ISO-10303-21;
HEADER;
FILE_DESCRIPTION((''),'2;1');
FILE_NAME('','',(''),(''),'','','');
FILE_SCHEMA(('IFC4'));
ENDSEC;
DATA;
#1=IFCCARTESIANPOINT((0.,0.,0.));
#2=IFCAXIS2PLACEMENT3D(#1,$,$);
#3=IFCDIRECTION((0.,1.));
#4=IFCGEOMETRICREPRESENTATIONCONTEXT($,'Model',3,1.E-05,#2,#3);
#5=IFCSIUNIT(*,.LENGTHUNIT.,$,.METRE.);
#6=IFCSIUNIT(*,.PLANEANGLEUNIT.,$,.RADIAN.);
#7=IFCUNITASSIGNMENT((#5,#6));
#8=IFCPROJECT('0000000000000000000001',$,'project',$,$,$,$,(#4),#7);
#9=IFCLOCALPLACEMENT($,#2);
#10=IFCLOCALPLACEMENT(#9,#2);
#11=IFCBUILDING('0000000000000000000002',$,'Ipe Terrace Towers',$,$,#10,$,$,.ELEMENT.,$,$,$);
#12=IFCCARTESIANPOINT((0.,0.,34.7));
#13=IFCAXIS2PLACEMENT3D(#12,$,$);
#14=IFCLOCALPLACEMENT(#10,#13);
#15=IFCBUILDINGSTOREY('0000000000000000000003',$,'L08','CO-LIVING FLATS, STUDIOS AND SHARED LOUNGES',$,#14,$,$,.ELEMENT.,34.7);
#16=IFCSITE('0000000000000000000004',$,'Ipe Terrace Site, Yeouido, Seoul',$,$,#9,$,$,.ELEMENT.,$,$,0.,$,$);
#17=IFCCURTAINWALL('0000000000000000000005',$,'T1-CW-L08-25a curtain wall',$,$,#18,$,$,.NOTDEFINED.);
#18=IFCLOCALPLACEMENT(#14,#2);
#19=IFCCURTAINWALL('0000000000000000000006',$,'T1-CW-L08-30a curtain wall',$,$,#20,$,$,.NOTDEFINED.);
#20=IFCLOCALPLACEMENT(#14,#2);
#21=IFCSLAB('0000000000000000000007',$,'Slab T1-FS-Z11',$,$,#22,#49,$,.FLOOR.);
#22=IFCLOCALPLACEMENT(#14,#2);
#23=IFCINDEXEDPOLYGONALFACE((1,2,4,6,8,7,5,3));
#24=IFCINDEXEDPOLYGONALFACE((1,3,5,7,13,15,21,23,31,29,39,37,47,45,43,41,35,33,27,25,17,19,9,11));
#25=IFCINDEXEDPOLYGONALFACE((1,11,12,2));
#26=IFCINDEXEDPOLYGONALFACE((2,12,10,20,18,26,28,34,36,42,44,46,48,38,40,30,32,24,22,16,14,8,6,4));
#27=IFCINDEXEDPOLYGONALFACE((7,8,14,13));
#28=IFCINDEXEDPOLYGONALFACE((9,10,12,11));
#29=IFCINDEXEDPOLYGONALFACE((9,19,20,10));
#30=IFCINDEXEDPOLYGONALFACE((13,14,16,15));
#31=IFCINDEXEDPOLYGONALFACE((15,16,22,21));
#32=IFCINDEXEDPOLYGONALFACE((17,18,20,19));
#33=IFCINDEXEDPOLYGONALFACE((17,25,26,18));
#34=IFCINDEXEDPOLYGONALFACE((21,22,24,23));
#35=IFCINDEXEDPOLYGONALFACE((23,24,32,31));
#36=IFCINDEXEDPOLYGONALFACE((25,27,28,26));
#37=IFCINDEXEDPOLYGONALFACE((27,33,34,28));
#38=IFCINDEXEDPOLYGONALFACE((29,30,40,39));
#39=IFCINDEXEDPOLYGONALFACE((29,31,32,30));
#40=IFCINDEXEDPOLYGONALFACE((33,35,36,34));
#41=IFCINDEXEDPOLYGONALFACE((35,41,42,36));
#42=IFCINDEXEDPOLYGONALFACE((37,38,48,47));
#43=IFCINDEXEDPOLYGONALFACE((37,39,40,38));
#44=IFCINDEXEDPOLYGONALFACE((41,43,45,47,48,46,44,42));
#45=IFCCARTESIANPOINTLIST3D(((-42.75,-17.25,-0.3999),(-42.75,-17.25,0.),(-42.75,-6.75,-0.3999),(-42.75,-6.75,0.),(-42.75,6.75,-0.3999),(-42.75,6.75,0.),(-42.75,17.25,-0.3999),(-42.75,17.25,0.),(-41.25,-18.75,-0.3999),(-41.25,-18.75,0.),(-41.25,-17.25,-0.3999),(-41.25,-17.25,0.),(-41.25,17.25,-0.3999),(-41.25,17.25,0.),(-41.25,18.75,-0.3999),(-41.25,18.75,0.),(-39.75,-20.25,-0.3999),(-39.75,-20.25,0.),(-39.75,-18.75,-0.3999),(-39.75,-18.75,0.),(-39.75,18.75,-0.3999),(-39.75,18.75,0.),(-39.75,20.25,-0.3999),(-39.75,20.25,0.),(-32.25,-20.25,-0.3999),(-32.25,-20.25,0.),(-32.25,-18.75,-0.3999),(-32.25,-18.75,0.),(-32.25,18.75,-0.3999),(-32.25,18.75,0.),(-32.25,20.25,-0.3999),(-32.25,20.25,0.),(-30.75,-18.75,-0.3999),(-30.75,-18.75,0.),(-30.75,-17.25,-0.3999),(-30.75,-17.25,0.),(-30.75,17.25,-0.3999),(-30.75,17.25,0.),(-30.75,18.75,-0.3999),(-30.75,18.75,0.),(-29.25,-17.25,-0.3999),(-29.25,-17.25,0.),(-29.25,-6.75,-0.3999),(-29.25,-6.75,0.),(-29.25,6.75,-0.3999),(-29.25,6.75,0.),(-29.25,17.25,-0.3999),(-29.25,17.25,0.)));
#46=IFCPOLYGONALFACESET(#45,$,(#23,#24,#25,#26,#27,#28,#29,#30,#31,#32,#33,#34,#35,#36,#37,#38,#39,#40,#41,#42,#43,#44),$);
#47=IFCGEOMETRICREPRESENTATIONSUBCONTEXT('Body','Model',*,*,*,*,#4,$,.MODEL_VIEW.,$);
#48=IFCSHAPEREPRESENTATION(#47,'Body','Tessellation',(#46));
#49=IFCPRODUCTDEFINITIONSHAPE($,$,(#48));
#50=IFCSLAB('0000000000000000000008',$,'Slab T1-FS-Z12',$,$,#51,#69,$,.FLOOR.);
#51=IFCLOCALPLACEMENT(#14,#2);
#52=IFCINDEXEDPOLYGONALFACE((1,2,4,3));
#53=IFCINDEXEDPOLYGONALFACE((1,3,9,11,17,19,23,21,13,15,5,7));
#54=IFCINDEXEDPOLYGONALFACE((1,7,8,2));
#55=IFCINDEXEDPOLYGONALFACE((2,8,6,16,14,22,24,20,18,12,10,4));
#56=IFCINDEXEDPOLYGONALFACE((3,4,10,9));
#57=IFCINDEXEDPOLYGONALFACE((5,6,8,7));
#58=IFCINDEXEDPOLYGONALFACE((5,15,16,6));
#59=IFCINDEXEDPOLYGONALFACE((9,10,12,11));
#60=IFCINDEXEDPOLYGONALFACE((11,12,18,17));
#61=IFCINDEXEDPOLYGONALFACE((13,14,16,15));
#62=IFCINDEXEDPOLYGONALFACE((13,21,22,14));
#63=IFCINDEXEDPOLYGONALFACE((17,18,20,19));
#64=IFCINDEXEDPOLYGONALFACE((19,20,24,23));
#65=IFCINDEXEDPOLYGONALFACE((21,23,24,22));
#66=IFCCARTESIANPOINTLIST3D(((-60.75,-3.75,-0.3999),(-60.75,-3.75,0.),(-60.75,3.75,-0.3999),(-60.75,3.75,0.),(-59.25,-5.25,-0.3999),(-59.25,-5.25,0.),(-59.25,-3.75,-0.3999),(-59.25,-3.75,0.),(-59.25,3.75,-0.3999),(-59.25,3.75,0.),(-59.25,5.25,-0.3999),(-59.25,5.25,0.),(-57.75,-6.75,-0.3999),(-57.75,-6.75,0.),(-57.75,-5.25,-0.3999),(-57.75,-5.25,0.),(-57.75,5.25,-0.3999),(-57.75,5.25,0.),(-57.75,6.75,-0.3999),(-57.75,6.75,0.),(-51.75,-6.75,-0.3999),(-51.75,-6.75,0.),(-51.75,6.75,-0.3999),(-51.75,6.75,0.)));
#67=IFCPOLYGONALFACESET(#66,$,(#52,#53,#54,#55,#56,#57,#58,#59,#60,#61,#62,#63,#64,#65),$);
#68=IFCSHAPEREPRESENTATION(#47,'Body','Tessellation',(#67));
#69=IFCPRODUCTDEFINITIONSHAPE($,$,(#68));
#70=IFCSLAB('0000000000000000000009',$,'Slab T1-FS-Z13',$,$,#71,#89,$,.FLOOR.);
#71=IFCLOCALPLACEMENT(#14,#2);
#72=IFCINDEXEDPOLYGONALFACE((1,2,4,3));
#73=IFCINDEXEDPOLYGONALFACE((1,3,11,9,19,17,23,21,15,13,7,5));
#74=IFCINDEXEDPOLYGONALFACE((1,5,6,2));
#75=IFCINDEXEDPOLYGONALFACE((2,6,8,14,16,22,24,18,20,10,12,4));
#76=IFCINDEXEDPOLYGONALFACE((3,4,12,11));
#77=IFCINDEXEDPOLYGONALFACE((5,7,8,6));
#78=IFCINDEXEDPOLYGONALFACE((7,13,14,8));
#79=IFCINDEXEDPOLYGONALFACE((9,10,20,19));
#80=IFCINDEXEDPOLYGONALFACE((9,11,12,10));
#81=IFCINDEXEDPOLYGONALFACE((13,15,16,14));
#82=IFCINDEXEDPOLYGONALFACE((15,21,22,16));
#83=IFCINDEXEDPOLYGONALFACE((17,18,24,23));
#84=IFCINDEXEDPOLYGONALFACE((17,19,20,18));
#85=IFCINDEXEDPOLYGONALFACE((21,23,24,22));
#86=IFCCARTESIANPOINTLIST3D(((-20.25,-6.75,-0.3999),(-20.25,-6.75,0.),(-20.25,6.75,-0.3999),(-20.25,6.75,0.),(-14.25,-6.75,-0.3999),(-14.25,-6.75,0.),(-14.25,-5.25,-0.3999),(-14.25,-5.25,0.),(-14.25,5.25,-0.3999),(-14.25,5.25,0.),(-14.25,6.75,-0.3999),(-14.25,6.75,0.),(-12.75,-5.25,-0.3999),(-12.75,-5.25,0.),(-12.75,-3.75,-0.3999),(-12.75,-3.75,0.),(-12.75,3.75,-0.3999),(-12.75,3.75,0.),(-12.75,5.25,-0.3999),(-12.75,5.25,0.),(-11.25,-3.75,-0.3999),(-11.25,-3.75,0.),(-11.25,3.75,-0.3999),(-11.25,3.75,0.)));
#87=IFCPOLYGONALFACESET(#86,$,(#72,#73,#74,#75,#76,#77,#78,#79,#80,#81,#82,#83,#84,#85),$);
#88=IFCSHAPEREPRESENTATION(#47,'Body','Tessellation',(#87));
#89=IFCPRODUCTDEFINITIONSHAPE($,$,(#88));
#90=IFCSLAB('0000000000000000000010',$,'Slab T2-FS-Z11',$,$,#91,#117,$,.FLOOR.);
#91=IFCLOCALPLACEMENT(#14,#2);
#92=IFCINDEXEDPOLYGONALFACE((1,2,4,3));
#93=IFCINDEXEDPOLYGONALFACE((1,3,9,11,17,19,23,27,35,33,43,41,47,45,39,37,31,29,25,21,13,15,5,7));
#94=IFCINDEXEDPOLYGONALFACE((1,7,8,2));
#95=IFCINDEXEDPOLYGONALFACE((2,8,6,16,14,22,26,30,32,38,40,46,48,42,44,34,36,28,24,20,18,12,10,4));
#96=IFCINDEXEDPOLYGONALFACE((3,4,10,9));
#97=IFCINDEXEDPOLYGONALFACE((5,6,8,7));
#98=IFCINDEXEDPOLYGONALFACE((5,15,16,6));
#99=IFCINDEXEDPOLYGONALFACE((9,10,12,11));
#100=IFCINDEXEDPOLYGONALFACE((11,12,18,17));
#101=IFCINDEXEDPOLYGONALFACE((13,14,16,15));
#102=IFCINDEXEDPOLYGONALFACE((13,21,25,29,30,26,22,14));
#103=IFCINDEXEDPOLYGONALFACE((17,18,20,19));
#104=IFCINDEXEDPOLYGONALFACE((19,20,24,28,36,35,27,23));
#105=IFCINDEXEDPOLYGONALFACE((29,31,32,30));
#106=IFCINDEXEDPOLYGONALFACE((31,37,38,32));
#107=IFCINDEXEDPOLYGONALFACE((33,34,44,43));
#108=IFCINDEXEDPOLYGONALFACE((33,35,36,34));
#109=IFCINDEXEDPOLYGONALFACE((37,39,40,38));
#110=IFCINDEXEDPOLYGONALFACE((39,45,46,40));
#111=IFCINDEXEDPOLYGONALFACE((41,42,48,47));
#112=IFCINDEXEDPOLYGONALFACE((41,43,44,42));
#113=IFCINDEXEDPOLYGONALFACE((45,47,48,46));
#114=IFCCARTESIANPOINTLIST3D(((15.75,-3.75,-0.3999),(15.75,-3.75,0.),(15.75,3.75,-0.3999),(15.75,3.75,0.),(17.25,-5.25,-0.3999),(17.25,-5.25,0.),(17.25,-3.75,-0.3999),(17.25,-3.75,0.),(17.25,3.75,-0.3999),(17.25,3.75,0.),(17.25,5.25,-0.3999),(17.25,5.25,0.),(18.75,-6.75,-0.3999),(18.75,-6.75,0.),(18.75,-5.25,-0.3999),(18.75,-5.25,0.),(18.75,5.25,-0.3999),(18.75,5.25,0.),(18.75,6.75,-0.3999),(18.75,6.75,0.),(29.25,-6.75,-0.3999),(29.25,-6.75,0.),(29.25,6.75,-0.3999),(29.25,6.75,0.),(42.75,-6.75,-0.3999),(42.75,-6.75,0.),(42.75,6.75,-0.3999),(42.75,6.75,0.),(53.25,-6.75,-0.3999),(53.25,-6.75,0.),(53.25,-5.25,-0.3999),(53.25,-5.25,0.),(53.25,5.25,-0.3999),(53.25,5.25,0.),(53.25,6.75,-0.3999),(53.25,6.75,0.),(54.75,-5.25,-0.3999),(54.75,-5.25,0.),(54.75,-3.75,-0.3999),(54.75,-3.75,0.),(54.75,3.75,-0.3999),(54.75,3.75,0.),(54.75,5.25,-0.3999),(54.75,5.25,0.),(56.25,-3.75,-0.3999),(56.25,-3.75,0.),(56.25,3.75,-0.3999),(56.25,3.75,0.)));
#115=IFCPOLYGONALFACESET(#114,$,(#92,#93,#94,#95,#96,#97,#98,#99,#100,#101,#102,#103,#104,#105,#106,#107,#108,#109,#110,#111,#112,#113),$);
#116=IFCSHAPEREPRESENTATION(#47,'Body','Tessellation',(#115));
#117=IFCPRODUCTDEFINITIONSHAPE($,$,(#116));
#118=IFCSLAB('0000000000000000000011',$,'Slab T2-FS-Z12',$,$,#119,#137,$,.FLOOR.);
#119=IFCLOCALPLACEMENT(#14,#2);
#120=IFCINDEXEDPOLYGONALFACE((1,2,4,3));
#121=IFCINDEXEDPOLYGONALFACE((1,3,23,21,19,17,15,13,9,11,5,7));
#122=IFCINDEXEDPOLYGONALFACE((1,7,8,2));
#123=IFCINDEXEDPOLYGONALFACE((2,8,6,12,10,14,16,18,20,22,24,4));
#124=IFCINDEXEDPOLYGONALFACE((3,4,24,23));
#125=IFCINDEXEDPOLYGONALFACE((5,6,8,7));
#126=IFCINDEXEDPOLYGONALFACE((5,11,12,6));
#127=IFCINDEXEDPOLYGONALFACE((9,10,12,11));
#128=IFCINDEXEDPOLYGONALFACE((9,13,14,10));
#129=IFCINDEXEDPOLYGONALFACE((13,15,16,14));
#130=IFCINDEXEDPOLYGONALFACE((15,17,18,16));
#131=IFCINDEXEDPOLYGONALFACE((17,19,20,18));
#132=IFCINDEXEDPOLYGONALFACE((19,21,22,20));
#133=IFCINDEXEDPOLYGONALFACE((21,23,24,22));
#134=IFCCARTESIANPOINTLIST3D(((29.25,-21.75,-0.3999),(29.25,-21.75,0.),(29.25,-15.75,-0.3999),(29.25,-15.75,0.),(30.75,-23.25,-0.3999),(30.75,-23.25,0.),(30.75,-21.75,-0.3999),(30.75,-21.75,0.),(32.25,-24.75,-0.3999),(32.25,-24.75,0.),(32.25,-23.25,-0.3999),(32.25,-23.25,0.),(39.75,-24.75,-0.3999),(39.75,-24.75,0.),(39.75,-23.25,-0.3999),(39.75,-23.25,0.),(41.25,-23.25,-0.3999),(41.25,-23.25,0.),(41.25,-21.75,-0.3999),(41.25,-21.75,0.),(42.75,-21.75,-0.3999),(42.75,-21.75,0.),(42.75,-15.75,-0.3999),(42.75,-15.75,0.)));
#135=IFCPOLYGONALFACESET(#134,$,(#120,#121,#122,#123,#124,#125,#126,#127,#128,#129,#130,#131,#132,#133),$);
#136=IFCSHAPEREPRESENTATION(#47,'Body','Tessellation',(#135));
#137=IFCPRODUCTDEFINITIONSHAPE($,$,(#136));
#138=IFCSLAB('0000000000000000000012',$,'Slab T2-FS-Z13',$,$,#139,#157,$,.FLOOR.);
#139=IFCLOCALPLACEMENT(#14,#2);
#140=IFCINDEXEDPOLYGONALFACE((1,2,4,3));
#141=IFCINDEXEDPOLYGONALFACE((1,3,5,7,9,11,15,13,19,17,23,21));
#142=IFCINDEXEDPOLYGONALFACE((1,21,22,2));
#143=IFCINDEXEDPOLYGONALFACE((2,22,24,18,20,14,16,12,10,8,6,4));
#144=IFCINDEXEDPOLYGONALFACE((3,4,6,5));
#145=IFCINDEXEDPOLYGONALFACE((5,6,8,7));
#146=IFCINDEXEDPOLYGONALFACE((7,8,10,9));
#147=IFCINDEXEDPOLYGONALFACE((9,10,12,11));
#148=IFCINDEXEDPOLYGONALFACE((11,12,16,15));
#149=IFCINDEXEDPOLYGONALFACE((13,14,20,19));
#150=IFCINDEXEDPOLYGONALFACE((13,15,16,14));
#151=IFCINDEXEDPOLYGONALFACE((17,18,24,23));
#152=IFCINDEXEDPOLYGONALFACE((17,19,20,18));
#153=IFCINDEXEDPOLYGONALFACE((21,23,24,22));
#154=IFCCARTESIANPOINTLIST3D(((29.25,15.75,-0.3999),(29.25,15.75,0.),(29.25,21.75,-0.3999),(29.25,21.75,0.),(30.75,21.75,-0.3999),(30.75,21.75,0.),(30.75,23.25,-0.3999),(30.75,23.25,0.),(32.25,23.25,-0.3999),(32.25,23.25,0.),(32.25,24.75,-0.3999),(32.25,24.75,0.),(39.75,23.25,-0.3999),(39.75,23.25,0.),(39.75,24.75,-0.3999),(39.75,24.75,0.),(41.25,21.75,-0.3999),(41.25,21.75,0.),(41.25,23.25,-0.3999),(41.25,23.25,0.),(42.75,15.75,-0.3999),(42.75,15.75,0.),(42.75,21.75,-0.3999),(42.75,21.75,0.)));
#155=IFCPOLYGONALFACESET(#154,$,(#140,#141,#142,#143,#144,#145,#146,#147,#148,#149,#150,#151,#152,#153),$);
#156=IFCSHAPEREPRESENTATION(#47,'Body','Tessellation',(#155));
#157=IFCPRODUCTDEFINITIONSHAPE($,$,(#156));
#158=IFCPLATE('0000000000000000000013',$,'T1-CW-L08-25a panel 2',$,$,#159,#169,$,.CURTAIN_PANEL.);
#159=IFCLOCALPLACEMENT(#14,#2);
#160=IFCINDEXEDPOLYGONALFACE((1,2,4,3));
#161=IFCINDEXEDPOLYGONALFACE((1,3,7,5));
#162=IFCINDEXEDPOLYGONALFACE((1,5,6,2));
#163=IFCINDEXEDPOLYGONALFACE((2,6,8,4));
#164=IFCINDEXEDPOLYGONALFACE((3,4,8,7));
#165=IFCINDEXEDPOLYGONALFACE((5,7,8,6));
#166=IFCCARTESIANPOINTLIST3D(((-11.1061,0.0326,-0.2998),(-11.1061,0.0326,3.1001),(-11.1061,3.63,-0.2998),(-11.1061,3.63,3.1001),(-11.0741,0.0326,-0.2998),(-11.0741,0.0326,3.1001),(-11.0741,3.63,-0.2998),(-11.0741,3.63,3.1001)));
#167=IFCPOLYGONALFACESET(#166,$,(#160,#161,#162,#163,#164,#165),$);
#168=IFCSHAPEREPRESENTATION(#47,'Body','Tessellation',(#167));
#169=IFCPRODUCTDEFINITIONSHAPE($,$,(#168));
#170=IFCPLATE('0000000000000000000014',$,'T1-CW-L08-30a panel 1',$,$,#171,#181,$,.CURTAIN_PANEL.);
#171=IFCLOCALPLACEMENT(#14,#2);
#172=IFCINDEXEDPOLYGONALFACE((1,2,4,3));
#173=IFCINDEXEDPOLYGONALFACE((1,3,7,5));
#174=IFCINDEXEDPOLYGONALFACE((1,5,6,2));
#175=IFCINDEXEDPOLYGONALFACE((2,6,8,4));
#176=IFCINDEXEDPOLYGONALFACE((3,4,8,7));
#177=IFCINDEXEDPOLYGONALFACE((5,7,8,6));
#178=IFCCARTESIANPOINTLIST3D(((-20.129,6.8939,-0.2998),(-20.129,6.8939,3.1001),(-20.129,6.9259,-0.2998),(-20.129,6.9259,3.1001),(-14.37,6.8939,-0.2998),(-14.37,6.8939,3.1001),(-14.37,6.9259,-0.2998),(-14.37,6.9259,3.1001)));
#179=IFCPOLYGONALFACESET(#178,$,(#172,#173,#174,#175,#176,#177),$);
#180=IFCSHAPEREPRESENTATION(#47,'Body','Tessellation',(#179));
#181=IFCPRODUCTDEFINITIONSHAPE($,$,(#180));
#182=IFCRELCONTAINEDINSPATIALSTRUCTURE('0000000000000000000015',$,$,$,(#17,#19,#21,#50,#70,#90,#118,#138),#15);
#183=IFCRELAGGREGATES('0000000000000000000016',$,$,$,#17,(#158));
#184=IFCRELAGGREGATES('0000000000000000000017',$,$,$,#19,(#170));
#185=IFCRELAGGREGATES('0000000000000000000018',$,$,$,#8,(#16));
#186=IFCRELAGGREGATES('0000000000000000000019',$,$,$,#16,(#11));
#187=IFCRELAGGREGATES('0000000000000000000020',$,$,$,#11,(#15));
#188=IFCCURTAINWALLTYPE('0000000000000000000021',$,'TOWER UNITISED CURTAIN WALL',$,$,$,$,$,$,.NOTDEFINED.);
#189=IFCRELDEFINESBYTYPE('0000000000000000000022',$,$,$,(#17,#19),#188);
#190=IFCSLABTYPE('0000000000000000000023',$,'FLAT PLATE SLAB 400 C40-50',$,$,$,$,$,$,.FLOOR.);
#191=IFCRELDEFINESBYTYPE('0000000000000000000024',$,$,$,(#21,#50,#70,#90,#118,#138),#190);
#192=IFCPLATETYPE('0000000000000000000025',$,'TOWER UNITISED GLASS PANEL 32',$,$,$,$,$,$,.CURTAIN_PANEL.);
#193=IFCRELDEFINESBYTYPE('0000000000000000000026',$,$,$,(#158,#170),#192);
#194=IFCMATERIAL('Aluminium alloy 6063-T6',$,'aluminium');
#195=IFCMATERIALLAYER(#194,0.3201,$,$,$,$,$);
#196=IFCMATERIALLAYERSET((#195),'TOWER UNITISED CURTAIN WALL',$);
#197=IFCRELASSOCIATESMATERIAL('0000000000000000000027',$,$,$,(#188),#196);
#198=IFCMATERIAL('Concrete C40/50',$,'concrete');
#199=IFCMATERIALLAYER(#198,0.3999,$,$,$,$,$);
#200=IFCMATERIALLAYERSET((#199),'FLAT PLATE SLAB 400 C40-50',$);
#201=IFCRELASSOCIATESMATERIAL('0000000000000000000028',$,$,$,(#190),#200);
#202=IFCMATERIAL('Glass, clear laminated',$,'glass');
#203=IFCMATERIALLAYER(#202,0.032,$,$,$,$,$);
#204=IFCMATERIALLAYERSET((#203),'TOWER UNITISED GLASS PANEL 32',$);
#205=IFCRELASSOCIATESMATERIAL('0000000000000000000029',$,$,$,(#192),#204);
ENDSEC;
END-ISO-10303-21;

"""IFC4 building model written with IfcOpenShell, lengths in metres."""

from ifc_helpers import new_model, si_unit, direction, frame, origin, origin_2d, place, context, subcontext, project, spatial, polyline, rectangle, outline, extrude, material, layer, layer_set, type_object, element, aggregate, save


model = new_model("IFC4")

# Units and contexts
model_context = context("Model", 3, precision=1e-05, world=origin(), true_north=direction((0.0, 1.0)))
body_context = subcontext(model_context, "Body", "Model", "MODEL_VIEW")
ifc_project = project(units=[si_unit("LENGTHUNIT", "METRE"), si_unit("PLANEANGLEUNIT", "RADIAN")], contexts=[model_context])

# Site, building, storey
site_placement = place(None, origin())
site = spatial("IfcSite", under=ifc_project, at=site_placement, Name="Ipe Terrace Site, Yeouido, Seoul", CompositionType="ELEMENT", RefElevation=0.0)
building_placement = place(site_placement, origin())
building = spatial("IfcBuilding", under=site, at=building_placement, Name="Ipe Terrace Towers", CompositionType="ELEMENT")
storey_placement = place(building_placement, frame((0.0, 0.0, 34.7)))
storey = spatial("IfcBuildingStorey", under=building, at=storey_placement, Name="L08", Description="CO-LIVING FLATS, STUDIOS AND SHARED LOUNGES", CompositionType="ELEMENT", Elevation=34.7)

# Curtain wall
ifc_material_1 = material(Name="Aluminium alloy 6063-T6", Category="aluminium")
ifc_layer_1 = layer(ifc_material_1, 0.3201)
ifc_layer_set_1 = layer_set([ifc_layer_1], Name="TOWER UNITISED CURTAIN WALL")
curtain_wall_type = type_object("IfcCurtainWallType", Name="TOWER UNITISED CURTAIN WALL", PredefinedType="NOTDEFINED", material=ifc_layer_set_1)
curtain_wall_1_placement = place(storey_placement, origin())
curtain_wall_1 = element("IfcCurtainWall", 1, at=curtain_wall_1_placement, inside=storey, type_object=curtain_wall_type, Name="T1-CW-L08-25a curtain wall", PredefinedType="NOTDEFINED")

# Curtain wall
curtain_wall_2_placement = place(storey_placement, origin())
curtain_wall_2 = element("IfcCurtainWall", 2, at=curtain_wall_2_placement, inside=storey, type_object=curtain_wall_type, Name="T1-CW-L08-30a curtain wall", PredefinedType="NOTDEFINED")

# Slabs
ifc_material_2 = material(Name="Concrete C40/50", Category="concrete")
ifc_layer_2 = layer(ifc_material_2, 0.3999)
ifc_layer_set_2 = layer_set([ifc_layer_2], Name="FLAT PLATE SLAB 400 C40-50")
slab_type_1 = type_object("IfcSlabType", Name="FLAT PLATE SLAB 400 C40-50", PredefinedType="FLOOR", material=ifc_layer_set_2)
slab_1_placement = place(storey_placement, frame((0.0, 0.0, -0.3999)))
element("IfcSlab", 3, at=slab_1_placement, inside=storey, type_object=slab_type_1, Name="Slab T1-FS-Z11", PredefinedType="FLOOR", context=body_context, shape_type="SweptSolid", body=[
    extrude(outline(polyline([(-30.75, -17.25), (-30.75, -18.75), (-32.25, -18.75), (-32.25, -20.25), (-39.75, -20.25), (-39.75, -18.75), (-41.25, -18.75), (-41.25, -17.25), (-42.75, -17.25), (-42.75, -6.75), (-42.75, 6.75), (-42.75, 17.25), (-41.25, 17.25), (-41.25, 18.75), (-39.75, 18.75), (-39.75, 20.25), (-32.25, 20.25), (-32.25, 18.75), (-30.75, 18.75), (-30.75, 17.25), (-29.25, 17.25), (-29.25, 6.75), (-29.25, -6.75), (-29.25, -17.25), (-30.75, -17.25)])), origin(), (0.0, 0.0, 1.0), 0.3999),
])
slab_2_placement = place(storey_placement, frame((0.0, 0.0, -0.3999)))
element("IfcSlab", 4, at=slab_2_placement, inside=storey, type_object=slab_type_1, Name="Slab T1-FS-Z12", PredefinedType="FLOOR", context=body_context, shape_type="SweptSolid", body=[
    extrude(outline(polyline([(-57.75, -6.75), (-57.75, -5.25), (-59.25, -5.25), (-59.25, -3.75), (-60.75, -3.75), (-60.75, 3.75), (-59.25, 3.75), (-59.25, 5.25), (-57.75, 5.25), (-57.75, 6.75), (-51.75, 6.75), (-51.75, -6.75), (-57.75, -6.75)])), origin(), (0.0, 0.0, 1.0), 0.3999),
])
slab_3_placement = place(storey_placement, frame((0.0, 0.0, -0.3999)))
element("IfcSlab", 5, at=slab_3_placement, inside=storey, type_object=slab_type_1, Name="Slab T1-FS-Z13", PredefinedType="FLOOR", context=body_context, shape_type="SweptSolid", body=[
    extrude(outline(polyline([(-14.25, 5.25), (-12.75, 5.25), (-12.75, 3.75), (-11.25, 3.75), (-11.25, -3.75), (-12.75, -3.75), (-12.75, -5.25), (-14.25, -5.25), (-14.25, -6.75), (-20.25, -6.75), (-20.25, 6.75), (-14.25, 6.75), (-14.25, 5.25)])), origin(), (0.0, 0.0, 1.0), 0.3999),
])
slab_4_placement = place(storey_placement, frame((0.0, 0.0, -0.3999)))
element("IfcSlab", 6, at=slab_4_placement, inside=storey, type_object=slab_type_1, Name="Slab T2-FS-Z11", PredefinedType="FLOOR", context=body_context, shape_type="SweptSolid", body=[
    extrude(outline(polyline([(53.25, 5.25), (54.75, 5.25), (54.75, 3.75), (56.25, 3.75), (56.25, -3.75), (54.75, -3.75), (54.75, -5.25), (53.25, -5.25), (53.25, -6.75), (42.75, -6.75), (29.25, -6.75), (18.75, -6.75), (18.75, -5.25), (17.25, -5.25), (17.25, -3.75), (15.75, -3.75), (15.75, 3.75), (17.25, 3.75), (17.25, 5.25), (18.75, 5.25), (18.75, 6.75), (29.25, 6.75), (42.75, 6.75), (53.25, 6.75), (53.25, 5.25)])), origin(), (0.0, 0.0, 1.0), 0.3999),
])
slab_5_placement = place(storey_placement, frame((0.0, 0.0, -0.3999)))
element("IfcSlab", 7, at=slab_5_placement, inside=storey, type_object=slab_type_1, Name="Slab T2-FS-Z12", PredefinedType="FLOOR", context=body_context, shape_type="SweptSolid", body=[
    extrude(outline(polyline([(42.75, -21.75), (41.25, -21.75), (41.25, -23.25), (39.75, -23.25), (39.75, -24.75), (32.25, -24.75), (32.25, -23.25), (30.75, -23.25), (30.75, -21.75), (29.25, -21.75), (29.25, -15.75), (42.75, -15.75), (42.75, -21.75)])), origin(), (0.0, 0.0, 1.0), 0.3999),
])
slab_6_placement = place(storey_placement, frame((0.0, 0.0, -0.3999)))
element("IfcSlab", 8, at=slab_6_placement, inside=storey, type_object=slab_type_1, Name="Slab T2-FS-Z13", PredefinedType="FLOOR", context=body_context, shape_type="SweptSolid", body=[
    extrude(outline(polyline([(30.75, 21.75), (30.75, 23.25), (32.25, 23.25), (32.25, 24.75), (39.75, 24.75), (39.75, 23.25), (41.25, 23.25), (41.25, 21.75), (42.75, 21.75), (42.75, 15.75), (29.25, 15.75), (29.25, 21.75), (30.75, 21.75)])), origin(), (0.0, 0.0, 1.0), 0.3999),
])

# Plates
ifc_material_3 = material(Name="Glass, clear laminated", Category="glass")
ifc_layer_3 = layer(ifc_material_3, 0.032)
ifc_layer_set_3 = layer_set([ifc_layer_3], Name="TOWER UNITISED GLASS PANEL 32")
plate_type = type_object("IfcPlateType", Name="TOWER UNITISED GLASS PANEL 32", PredefinedType="CURTAIN_PANEL", material=ifc_layer_set_3)
plate_1_placement = place(storey_placement, frame((-11.0901, 1.8313, -0.2998), z_axis=(0.0, 0.0, 1.0), x_axis=(0.0, 1.0, 0.0)))
plate_1 = element("IfcPlate", 9, at=plate_1_placement, type_object=plate_type, Name="T1-CW-L08-25a panel 2", PredefinedType="CURTAIN_PANEL", context=body_context, shape_type="SweptSolid", body=[
    extrude(rectangle(XDim=3.5974, YDim=0.032, at=origin_2d()), origin(), (0.0, 0.0, 1.0), 3.3999),
])
aggregate(curtain_wall_1, [plate_1])
plate_2_placement = place(storey_placement, frame((-17.2495, 6.9099, -0.2998), z_axis=(0.0, 0.0, 1.0), x_axis=(-1.0, 0.0, 0.0)))
plate_2 = element("IfcPlate", 10, at=plate_2_placement, type_object=plate_type, Name="T1-CW-L08-30a panel 1", PredefinedType="CURTAIN_PANEL", context=body_context, shape_type="SweptSolid", body=[
    extrude(rectangle(XDim=5.759, YDim=0.032, at=origin_2d()), origin(), (0.0, 0.0, 1.0), 3.3999),
])
aggregate(curtain_wall_2, [plate_2])

save(model, "model.ifc")
